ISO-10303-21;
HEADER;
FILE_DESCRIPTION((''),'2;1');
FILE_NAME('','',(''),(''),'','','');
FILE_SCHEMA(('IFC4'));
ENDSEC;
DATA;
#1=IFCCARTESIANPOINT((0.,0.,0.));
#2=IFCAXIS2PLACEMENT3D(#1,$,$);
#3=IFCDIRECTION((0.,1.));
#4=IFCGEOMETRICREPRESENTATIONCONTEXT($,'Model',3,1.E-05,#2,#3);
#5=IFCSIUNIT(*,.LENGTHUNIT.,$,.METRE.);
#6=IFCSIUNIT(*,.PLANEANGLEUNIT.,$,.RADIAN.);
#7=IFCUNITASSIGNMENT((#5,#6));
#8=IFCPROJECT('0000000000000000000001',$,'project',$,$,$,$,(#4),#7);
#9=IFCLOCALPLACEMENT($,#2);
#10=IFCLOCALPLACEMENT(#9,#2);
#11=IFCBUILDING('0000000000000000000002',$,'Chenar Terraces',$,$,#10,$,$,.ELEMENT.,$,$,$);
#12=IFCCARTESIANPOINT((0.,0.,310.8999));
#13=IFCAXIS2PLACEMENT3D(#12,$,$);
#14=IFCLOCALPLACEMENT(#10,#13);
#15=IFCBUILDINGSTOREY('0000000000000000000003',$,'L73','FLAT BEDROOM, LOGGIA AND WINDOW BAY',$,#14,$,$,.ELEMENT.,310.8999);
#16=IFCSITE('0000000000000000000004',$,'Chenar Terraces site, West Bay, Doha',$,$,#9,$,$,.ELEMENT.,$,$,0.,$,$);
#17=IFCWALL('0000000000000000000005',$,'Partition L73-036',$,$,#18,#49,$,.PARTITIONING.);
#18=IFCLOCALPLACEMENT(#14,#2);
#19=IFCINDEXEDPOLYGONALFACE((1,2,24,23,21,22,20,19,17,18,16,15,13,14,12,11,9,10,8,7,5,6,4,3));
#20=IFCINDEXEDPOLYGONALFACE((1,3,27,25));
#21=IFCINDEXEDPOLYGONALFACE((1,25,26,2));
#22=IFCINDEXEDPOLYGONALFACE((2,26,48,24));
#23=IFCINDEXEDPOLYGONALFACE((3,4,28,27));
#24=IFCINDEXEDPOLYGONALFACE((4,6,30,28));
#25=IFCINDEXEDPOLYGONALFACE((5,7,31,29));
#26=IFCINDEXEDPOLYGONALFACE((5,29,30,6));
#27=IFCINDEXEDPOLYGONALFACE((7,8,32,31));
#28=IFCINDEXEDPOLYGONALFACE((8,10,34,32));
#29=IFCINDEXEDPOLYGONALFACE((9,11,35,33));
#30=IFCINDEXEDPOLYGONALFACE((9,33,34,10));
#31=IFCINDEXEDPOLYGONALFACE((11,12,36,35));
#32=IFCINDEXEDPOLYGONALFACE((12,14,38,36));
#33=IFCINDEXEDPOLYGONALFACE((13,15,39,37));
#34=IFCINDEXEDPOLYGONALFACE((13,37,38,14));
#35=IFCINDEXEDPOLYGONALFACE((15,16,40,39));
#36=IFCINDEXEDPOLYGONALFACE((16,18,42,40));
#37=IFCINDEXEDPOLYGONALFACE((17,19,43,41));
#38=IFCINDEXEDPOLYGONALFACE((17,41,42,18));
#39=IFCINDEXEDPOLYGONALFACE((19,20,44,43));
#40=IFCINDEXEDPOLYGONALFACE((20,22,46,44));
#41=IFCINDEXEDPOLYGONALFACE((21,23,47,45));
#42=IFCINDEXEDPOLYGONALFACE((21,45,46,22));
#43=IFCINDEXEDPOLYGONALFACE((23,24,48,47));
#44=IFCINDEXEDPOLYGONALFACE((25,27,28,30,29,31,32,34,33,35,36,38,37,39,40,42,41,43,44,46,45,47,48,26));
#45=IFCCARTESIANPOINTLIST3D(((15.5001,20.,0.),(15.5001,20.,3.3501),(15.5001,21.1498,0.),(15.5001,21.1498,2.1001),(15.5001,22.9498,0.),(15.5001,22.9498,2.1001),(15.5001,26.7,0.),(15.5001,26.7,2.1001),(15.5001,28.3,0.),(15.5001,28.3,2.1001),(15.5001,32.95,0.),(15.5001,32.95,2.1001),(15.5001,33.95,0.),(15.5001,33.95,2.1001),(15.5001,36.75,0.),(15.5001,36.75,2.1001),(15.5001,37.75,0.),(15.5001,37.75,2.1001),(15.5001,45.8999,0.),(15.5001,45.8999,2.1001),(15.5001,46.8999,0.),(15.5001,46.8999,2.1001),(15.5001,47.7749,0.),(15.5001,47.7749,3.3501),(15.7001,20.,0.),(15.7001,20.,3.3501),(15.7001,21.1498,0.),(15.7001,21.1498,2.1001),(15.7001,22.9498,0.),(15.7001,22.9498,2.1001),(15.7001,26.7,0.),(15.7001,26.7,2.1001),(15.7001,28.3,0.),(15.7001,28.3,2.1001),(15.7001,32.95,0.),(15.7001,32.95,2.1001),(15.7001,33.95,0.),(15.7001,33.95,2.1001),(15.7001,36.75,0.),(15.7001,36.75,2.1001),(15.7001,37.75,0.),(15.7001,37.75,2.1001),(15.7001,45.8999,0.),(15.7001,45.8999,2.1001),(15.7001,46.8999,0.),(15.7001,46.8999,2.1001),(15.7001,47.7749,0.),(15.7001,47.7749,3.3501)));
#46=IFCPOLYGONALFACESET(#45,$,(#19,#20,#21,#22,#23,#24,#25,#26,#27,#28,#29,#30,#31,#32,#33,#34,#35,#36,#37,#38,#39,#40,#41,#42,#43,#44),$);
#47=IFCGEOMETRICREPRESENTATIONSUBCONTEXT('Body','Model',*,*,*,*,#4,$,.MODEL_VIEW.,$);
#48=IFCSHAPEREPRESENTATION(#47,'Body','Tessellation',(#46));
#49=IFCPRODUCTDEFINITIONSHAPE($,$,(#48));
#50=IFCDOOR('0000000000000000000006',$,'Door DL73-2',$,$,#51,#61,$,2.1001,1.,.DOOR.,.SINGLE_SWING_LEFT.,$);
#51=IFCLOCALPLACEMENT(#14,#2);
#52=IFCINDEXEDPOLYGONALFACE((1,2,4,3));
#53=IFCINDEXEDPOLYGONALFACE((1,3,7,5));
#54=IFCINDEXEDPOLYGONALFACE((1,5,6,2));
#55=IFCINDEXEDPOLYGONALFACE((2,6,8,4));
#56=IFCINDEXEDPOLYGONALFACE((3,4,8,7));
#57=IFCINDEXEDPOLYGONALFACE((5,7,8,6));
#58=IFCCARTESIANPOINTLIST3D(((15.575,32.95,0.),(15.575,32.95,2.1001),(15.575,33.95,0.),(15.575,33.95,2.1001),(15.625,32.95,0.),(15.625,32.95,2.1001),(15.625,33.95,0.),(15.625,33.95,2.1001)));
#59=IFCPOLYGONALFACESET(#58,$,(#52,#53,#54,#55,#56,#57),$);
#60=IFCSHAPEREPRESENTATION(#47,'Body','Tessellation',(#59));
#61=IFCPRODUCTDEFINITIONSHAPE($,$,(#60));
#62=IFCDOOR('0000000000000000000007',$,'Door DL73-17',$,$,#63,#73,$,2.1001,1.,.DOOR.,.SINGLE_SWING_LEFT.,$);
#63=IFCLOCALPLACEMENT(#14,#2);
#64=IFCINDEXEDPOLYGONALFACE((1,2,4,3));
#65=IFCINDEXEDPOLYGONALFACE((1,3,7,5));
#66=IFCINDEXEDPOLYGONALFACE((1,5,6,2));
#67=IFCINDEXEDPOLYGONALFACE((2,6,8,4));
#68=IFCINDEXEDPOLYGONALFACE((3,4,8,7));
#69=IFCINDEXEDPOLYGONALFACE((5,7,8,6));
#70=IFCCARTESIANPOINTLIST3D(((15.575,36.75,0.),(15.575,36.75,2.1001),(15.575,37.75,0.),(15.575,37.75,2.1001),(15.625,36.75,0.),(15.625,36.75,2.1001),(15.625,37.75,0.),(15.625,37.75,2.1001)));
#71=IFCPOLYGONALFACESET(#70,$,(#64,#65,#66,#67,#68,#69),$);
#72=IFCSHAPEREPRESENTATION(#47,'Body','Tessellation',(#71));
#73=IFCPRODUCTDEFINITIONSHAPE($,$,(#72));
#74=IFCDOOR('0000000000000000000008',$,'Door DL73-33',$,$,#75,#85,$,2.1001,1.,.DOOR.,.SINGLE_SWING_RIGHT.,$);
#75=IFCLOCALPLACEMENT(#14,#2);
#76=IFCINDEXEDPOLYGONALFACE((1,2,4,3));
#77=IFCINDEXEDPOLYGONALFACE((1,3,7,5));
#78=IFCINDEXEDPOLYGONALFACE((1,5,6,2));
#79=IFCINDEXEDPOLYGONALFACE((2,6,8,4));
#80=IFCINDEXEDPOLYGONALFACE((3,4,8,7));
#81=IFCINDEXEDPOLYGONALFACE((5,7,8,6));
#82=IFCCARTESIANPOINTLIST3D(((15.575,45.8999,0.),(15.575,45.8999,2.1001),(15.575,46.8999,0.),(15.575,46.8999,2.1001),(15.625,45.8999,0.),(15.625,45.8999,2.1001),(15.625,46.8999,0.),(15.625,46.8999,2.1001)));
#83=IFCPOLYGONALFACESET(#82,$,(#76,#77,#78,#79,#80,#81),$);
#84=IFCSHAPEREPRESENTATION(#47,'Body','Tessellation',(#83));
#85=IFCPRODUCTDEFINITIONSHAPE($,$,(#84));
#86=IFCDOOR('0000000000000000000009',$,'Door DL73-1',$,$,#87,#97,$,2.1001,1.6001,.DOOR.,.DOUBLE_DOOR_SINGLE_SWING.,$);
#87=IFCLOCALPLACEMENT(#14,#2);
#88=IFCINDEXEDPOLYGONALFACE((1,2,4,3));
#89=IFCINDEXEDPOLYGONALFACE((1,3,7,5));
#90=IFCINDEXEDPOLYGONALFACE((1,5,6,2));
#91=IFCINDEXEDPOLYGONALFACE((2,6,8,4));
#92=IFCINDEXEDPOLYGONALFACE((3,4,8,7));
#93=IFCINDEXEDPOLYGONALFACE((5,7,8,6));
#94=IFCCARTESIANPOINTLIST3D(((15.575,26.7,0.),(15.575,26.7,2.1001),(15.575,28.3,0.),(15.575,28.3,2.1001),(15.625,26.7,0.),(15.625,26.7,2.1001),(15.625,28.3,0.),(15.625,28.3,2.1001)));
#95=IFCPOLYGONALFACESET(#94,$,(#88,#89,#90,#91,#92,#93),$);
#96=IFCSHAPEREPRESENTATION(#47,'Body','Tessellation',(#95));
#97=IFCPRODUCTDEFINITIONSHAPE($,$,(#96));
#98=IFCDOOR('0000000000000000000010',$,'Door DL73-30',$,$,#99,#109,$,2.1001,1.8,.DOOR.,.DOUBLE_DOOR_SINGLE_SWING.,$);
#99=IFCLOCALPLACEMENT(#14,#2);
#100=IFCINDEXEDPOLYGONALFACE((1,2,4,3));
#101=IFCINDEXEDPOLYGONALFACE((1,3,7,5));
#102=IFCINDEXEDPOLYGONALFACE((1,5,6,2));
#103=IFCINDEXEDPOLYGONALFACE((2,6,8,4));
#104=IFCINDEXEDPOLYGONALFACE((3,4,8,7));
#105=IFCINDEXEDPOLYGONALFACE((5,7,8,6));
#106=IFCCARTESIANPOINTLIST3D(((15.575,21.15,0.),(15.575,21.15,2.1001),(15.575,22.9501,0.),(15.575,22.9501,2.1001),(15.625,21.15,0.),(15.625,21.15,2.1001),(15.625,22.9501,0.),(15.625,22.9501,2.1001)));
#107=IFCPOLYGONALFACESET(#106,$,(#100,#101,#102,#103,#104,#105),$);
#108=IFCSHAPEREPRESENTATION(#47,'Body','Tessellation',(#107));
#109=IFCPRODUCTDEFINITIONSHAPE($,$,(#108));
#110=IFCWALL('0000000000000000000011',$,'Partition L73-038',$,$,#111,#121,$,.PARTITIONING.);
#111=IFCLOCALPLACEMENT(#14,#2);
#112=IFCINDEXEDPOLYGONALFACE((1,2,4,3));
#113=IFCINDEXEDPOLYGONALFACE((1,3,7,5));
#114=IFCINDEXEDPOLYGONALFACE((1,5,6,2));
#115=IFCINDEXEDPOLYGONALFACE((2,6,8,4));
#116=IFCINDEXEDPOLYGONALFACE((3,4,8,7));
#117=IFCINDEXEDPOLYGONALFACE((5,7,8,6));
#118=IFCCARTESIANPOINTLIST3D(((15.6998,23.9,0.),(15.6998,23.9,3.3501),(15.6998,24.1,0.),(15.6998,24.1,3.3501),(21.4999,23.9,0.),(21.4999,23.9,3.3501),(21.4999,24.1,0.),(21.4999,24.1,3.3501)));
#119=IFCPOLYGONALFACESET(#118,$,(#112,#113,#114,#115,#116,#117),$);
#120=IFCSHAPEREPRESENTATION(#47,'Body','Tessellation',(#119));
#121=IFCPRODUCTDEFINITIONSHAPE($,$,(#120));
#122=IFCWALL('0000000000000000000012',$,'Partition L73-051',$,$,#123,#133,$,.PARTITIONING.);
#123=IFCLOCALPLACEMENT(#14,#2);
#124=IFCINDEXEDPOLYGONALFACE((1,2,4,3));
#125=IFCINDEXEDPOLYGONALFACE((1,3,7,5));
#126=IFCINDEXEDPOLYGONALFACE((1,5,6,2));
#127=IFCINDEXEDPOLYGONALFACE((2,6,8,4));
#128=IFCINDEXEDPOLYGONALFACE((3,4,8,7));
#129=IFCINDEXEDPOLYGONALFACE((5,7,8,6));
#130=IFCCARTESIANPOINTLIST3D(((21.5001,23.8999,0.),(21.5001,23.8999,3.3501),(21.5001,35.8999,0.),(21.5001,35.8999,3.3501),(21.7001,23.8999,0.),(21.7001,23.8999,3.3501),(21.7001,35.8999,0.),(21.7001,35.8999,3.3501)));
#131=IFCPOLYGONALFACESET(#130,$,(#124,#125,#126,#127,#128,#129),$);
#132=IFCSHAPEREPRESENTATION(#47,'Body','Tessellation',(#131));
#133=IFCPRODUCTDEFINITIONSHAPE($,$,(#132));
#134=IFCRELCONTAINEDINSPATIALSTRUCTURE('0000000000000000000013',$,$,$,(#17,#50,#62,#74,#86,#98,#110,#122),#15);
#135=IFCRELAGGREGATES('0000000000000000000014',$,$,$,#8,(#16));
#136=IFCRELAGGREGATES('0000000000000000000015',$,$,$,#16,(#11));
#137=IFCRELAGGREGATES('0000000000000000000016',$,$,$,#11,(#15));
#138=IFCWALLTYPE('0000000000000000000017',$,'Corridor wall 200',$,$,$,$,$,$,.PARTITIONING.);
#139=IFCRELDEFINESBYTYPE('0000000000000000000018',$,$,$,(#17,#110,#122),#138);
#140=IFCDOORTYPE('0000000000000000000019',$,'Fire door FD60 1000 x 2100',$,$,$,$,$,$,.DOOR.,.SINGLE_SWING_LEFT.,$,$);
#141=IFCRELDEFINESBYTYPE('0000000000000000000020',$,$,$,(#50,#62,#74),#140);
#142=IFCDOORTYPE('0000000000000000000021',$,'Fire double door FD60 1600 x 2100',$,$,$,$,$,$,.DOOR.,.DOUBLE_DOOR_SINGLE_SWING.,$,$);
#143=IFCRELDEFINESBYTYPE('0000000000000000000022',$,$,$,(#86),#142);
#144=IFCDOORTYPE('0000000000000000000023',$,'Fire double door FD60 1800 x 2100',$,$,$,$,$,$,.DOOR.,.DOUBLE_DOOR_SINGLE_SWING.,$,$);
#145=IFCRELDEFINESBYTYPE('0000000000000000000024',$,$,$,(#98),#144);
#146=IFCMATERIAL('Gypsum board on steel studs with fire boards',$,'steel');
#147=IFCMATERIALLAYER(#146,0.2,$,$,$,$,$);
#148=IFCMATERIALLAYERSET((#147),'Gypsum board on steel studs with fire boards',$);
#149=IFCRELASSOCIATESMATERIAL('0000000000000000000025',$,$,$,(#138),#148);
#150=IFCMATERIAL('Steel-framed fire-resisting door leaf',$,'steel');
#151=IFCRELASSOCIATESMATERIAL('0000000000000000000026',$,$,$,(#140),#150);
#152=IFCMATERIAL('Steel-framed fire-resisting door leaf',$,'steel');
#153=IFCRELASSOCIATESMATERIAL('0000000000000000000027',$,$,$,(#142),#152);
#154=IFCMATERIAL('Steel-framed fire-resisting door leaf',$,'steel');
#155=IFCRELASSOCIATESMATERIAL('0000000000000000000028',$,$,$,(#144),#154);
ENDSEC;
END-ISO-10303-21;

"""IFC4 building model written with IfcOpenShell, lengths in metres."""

from ifc_helpers import new_model, si_unit, direction, frame, frame_2d, origin, place, context, subcontext, project, spatial, rectangle, extrude, material, layer, layer_set, type_object, element, fill, save


model = new_model("IFC4")

# Units and contexts
model_context = context("Model", 3, precision=1e-05, world=origin(), true_north=direction((0.0, 1.0)))
body_context = subcontext(model_context, "Body", "Model", "MODEL_VIEW")
ifc_project = project(units=[si_unit("LENGTHUNIT", "METRE"), si_unit("PLANEANGLEUNIT", "RADIAN")], contexts=[model_context])

# Site, building, storey
site_placement = place(None, origin())
site = spatial("IfcSite", under=ifc_project, at=site_placement, Name="Chenar Terraces site, West Bay, Doha", CompositionType="ELEMENT", RefElevation=0.0)
building_placement = place(site_placement, origin())
building = spatial("IfcBuilding", under=site, at=building_placement, Name="Chenar Terraces", CompositionType="ELEMENT")
storey_placement = place(building_placement, frame((0.0, 0.0, 310.8999)))
storey = spatial("IfcBuildingStorey", under=building, at=storey_placement, Name="L73", Description="FLAT BEDROOM, LOGGIA AND WINDOW BAY", CompositionType="ELEMENT", Elevation=310.8999)

# Wall, openings, doors
ifc_material_1 = material(Name="Gypsum board on steel studs with fire boards", Category="steel")
ifc_layer_1 = layer(ifc_material_1, 0.2)
ifc_layer_set_1 = layer_set([ifc_layer_1], Name="Gypsum board on steel studs with fire boards")
wall_type_1 = type_object("IfcWallType", Name="Corridor wall 200", PredefinedType="PARTITIONING", material=ifc_layer_set_1)
wall_1_placement = place(storey_placement, frame((15.6001, 20.0, 0.0), z_axis=(0.0, 0.0, 1.0), x_axis=(0.0, 1.0, 0.0)))
wall_1 = element("IfcWall", 1, at=wall_1_placement, inside=storey, type_object=wall_type_1, Name="Partition L73-036", PredefinedType="PARTITIONING", context=body_context, shape_type="SweptSolid", body=[
    extrude(rectangle(XDim=27.7749, YDim=0.2, at=frame_2d((13.8875, 0.0))), origin(), (0.0, 0.0, 1.0), 3.3501),
])
opening_1_placement = place(wall_1_placement, frame((6.7, 0.0, 0.0)))
opening_1 = element("IfcOpeningElement", 2, at=opening_1_placement, cuts=wall_1, PredefinedType="OPENING", context=body_context, shape_type="SweptSolid", body=[
    extrude(rectangle(XDim=1.6001, YDim=2.1001, at=frame_2d((0.8, 1.05))), frame((0.0, 0.1099, 0.0), z_axis=(0.0, -1.0, 0.0), x_axis=(1.0, 0.0, 0.0)), (0.0, 0.0, 1.0), 0.22),
])
opening_2_placement = place(wall_1_placement, frame((12.95, 0.0, 0.0)))
opening_2 = element("IfcOpeningElement", 3, at=opening_2_placement, cuts=wall_1, PredefinedType="OPENING", context=body_context, shape_type="SweptSolid", body=[
    extrude(rectangle(XDim=1.0, YDim=2.1001, at=frame_2d((0.5, 1.05))), frame((0.0, 0.1099, 0.0), z_axis=(0.0, -1.0, 0.0), x_axis=(1.0, 0.0, 0.0)), (0.0, 0.0, 1.0), 0.22),
])
opening_3_placement = place(wall_1_placement, frame((16.75, 0.0, 0.0)))
opening_3 = element("IfcOpeningElement", 4, at=opening_3_placement, cuts=wall_1, PredefinedType="OPENING", context=body_context, shape_type="SweptSolid", body=[
    extrude(rectangle(XDim=1.0, YDim=2.1001, at=frame_2d((0.5, 1.05))), frame((0.0, 0.1099, 0.0), z_axis=(0.0, -1.0, 0.0), x_axis=(1.0, 0.0, 0.0)), (0.0, 0.0, 1.0), 0.22),
])
opening_4_placement = place(wall_1_placement, frame((1.1499, 0.0, 0.0)))
opening_4 = element("IfcOpeningElement", 5, at=opening_4_placement, cuts=wall_1, PredefinedType="OPENING", context=body_context, shape_type="SweptSolid", body=[
    extrude(rectangle(XDim=1.8, YDim=2.1001, at=frame_2d((0.8999, 1.05))), frame((0.0, 0.1099, 0.0), z_axis=(0.0, -1.0, 0.0), x_axis=(1.0, 0.0, 0.0)), (0.0, 0.0, 1.0), 0.22),
])
opening_5_placement = place(wall_1_placement, frame((25.8999, 0.0, 0.0)))
opening_5 = element("IfcOpeningElement", 6, at=opening_5_placement, cuts=wall_1, PredefinedType="OPENING", context=body_context, shape_type="SweptSolid", body=[
    extrude(rectangle(XDim=1.0, YDim=2.1001, at=frame_2d((0.5, 1.05))), frame((0.0, 0.1099, 0.0), z_axis=(0.0, -1.0, 0.0), x_axis=(1.0, 0.0, 0.0)), (0.0, 0.0, 1.0), 0.22),
])
ifc_material_2 = material(Name="Steel-framed fire-resisting door leaf", Category="steel")
door_type_1 = type_object("IfcDoorType", Name="Fire door FD60 1000 x 2100", OperationType="SINGLE_SWING_LEFT", PredefinedType="DOOR", material=ifc_material_2)
door_1_placement = place(opening_2_placement, frame((1.0, 0.0, 0.0), z_axis=(0.0, 0.0, 1.0), x_axis=(-1.0, 0.0, 0.0)))
door_1 = element("IfcDoor", 7, at=door_1_placement, inside=storey, type_object=door_type_1, Name="Door DL73-2", OperationType="SINGLE_SWING_LEFT", OverallHeight=2.1001, OverallWidth=1.0, PredefinedType="DOOR", context=body_context, shape_type="SweptSolid", body=[
    extrude(rectangle(XDim=1.0, YDim=2.1001, at=frame_2d((0.5, 1.05))), frame((0.0, 0.0249, 0.0), z_axis=(0.0, -1.0, 0.0), x_axis=(1.0, 0.0, 0.0)), (0.0, 0.0, 1.0), 0.05),
])
fill(opening_2, door_1)
door_2_placement = place(opening_3_placement, frame((1.0, 0.0, 0.0), z_axis=(0.0, 0.0, 1.0), x_axis=(-1.0, 0.0, 0.0)))
door_2 = element("IfcDoor", 8, at=door_2_placement, inside=storey, type_object=door_type_1, Name="Door DL73-17", OperationType="SINGLE_SWING_LEFT", OverallHeight=2.1001, OverallWidth=1.0, PredefinedType="DOOR", context=body_context, shape_type="SweptSolid", body=[
    extrude(rectangle(XDim=1.0, YDim=2.1001, at=frame_2d((0.5, 1.05))), frame((0.0, 0.0249, 0.0), z_axis=(0.0, -1.0, 0.0), x_axis=(1.0, 0.0, 0.0)), (0.0, 0.0, 1.0), 0.05),
])
fill(opening_3, door_2)
door_3_placement = place(opening_5_placement, frame((1.0, 0.0, 0.0), z_axis=(0.0, 0.0, 1.0), x_axis=(-1.0, 0.0, 0.0)))
door_3 = element("IfcDoor", 9, at=door_3_placement, inside=storey, type_object=door_type_1, Name="Door DL73-33", OperationType="SINGLE_SWING_RIGHT", OverallHeight=2.1001, OverallWidth=1.0, PredefinedType="DOOR", context=body_context, shape_type="SweptSolid", body=[
    extrude(rectangle(XDim=1.0, YDim=2.1001, at=frame_2d((0.5, 1.05))), frame((0.0, 0.0249, 0.0), z_axis=(0.0, -1.0, 0.0), x_axis=(1.0, 0.0, 0.0)), (0.0, 0.0, 1.0), 0.05),
])
fill(opening_5, door_3)
ifc_material_3 = material(Name="Steel-framed fire-resisting door leaf", Category="steel")
door_type_2 = type_object("IfcDoorType", Name="Fire double door FD60 1600 x 2100", OperationType="DOUBLE_DOOR_SINGLE_SWING", PredefinedType="DOOR", material=ifc_material_3)
door_4_placement = place(opening_1_placement, frame((1.6001, 0.0, 0.0), z_axis=(0.0, 0.0, 1.0), x_axis=(-1.0, 0.0, 0.0)))
door_4 = element("IfcDoor", 10, at=door_4_placement, inside=storey, type_object=door_type_2, Name="Door DL73-1", OperationType="DOUBLE_DOOR_SINGLE_SWING", OverallHeight=2.1001, OverallWidth=1.6001, PredefinedType="DOOR", context=body_context, shape_type="SweptSolid", body=[
    extrude(rectangle(XDim=1.6001, YDim=2.1001, at=frame_2d((0.8, 1.05))), frame((0.0, 0.0249, 0.0), z_axis=(0.0, -1.0, 0.0), x_axis=(1.0, 0.0, 0.0)), (0.0, 0.0, 1.0), 0.05),
])
fill(opening_1, door_4)
ifc_material_4 = material(Name="Steel-framed fire-resisting door leaf", Category="steel")
door_type_3 = type_object("IfcDoorType", Name="Fire double door FD60 1800 x 2100", OperationType="DOUBLE_DOOR_SINGLE_SWING", PredefinedType="DOOR", material=ifc_material_4)
door_5_placement = place(opening_4_placement, frame((1.8, 0.0, 0.0), z_axis=(0.0, 0.0, 1.0), x_axis=(-1.0, 0.0, 0.0)))
door_5 = element("IfcDoor", 11, at=door_5_placement, inside=storey, type_object=door_type_3, Name="Door DL73-30", OperationType="DOUBLE_DOOR_SINGLE_SWING", OverallHeight=2.1001, OverallWidth=1.8, PredefinedType="DOOR", context=body_context, shape_type="SweptSolid", body=[
    extrude(rectangle(XDim=1.8, YDim=2.1001, at=frame_2d((0.8999, 1.05))), frame((0.0, 0.0249, 0.0), z_axis=(0.0, -1.0, 0.0), x_axis=(1.0, 0.0, 0.0)), (0.0, 0.0, 1.0), 0.05),
])
fill(opening_4, door_5)

# Walls
wall_2_placement = place(storey_placement, frame((15.7, 24.0, 0.0), z_axis=(0.0, 0.0, 1.0), x_axis=(1.0, 0.0, 0.0)))
element("IfcWall", 12, at=wall_2_placement, inside=storey, type_object=wall_type_1, Name="Partition L73-038", PredefinedType="PARTITIONING", context=body_context, shape_type="SweptSolid", body=[
    extrude(rectangle(XDim=5.8, YDim=0.2, at=frame_2d((2.8999, 0.0))), origin(), (0.0, 0.0, 1.0), 3.3501),
])
wall_3_placement = place(storey_placement, frame((21.6001, 23.8999, 0.0), z_axis=(0.0, 0.0, 1.0), x_axis=(0.0, 1.0, 0.0)))
element("IfcWall", 13, at=wall_3_placement, inside=storey, type_object=wall_type_1, Name="Partition L73-051", PredefinedType="PARTITIONING", context=body_context, shape_type="SweptSolid", body=[
    extrude(rectangle(XDim=12.0, YDim=0.2, at=frame_2d((6.0, 0.0))), origin(), (0.0, 0.0, 1.0), 3.3501),
])

save(model, "model.ifc")
